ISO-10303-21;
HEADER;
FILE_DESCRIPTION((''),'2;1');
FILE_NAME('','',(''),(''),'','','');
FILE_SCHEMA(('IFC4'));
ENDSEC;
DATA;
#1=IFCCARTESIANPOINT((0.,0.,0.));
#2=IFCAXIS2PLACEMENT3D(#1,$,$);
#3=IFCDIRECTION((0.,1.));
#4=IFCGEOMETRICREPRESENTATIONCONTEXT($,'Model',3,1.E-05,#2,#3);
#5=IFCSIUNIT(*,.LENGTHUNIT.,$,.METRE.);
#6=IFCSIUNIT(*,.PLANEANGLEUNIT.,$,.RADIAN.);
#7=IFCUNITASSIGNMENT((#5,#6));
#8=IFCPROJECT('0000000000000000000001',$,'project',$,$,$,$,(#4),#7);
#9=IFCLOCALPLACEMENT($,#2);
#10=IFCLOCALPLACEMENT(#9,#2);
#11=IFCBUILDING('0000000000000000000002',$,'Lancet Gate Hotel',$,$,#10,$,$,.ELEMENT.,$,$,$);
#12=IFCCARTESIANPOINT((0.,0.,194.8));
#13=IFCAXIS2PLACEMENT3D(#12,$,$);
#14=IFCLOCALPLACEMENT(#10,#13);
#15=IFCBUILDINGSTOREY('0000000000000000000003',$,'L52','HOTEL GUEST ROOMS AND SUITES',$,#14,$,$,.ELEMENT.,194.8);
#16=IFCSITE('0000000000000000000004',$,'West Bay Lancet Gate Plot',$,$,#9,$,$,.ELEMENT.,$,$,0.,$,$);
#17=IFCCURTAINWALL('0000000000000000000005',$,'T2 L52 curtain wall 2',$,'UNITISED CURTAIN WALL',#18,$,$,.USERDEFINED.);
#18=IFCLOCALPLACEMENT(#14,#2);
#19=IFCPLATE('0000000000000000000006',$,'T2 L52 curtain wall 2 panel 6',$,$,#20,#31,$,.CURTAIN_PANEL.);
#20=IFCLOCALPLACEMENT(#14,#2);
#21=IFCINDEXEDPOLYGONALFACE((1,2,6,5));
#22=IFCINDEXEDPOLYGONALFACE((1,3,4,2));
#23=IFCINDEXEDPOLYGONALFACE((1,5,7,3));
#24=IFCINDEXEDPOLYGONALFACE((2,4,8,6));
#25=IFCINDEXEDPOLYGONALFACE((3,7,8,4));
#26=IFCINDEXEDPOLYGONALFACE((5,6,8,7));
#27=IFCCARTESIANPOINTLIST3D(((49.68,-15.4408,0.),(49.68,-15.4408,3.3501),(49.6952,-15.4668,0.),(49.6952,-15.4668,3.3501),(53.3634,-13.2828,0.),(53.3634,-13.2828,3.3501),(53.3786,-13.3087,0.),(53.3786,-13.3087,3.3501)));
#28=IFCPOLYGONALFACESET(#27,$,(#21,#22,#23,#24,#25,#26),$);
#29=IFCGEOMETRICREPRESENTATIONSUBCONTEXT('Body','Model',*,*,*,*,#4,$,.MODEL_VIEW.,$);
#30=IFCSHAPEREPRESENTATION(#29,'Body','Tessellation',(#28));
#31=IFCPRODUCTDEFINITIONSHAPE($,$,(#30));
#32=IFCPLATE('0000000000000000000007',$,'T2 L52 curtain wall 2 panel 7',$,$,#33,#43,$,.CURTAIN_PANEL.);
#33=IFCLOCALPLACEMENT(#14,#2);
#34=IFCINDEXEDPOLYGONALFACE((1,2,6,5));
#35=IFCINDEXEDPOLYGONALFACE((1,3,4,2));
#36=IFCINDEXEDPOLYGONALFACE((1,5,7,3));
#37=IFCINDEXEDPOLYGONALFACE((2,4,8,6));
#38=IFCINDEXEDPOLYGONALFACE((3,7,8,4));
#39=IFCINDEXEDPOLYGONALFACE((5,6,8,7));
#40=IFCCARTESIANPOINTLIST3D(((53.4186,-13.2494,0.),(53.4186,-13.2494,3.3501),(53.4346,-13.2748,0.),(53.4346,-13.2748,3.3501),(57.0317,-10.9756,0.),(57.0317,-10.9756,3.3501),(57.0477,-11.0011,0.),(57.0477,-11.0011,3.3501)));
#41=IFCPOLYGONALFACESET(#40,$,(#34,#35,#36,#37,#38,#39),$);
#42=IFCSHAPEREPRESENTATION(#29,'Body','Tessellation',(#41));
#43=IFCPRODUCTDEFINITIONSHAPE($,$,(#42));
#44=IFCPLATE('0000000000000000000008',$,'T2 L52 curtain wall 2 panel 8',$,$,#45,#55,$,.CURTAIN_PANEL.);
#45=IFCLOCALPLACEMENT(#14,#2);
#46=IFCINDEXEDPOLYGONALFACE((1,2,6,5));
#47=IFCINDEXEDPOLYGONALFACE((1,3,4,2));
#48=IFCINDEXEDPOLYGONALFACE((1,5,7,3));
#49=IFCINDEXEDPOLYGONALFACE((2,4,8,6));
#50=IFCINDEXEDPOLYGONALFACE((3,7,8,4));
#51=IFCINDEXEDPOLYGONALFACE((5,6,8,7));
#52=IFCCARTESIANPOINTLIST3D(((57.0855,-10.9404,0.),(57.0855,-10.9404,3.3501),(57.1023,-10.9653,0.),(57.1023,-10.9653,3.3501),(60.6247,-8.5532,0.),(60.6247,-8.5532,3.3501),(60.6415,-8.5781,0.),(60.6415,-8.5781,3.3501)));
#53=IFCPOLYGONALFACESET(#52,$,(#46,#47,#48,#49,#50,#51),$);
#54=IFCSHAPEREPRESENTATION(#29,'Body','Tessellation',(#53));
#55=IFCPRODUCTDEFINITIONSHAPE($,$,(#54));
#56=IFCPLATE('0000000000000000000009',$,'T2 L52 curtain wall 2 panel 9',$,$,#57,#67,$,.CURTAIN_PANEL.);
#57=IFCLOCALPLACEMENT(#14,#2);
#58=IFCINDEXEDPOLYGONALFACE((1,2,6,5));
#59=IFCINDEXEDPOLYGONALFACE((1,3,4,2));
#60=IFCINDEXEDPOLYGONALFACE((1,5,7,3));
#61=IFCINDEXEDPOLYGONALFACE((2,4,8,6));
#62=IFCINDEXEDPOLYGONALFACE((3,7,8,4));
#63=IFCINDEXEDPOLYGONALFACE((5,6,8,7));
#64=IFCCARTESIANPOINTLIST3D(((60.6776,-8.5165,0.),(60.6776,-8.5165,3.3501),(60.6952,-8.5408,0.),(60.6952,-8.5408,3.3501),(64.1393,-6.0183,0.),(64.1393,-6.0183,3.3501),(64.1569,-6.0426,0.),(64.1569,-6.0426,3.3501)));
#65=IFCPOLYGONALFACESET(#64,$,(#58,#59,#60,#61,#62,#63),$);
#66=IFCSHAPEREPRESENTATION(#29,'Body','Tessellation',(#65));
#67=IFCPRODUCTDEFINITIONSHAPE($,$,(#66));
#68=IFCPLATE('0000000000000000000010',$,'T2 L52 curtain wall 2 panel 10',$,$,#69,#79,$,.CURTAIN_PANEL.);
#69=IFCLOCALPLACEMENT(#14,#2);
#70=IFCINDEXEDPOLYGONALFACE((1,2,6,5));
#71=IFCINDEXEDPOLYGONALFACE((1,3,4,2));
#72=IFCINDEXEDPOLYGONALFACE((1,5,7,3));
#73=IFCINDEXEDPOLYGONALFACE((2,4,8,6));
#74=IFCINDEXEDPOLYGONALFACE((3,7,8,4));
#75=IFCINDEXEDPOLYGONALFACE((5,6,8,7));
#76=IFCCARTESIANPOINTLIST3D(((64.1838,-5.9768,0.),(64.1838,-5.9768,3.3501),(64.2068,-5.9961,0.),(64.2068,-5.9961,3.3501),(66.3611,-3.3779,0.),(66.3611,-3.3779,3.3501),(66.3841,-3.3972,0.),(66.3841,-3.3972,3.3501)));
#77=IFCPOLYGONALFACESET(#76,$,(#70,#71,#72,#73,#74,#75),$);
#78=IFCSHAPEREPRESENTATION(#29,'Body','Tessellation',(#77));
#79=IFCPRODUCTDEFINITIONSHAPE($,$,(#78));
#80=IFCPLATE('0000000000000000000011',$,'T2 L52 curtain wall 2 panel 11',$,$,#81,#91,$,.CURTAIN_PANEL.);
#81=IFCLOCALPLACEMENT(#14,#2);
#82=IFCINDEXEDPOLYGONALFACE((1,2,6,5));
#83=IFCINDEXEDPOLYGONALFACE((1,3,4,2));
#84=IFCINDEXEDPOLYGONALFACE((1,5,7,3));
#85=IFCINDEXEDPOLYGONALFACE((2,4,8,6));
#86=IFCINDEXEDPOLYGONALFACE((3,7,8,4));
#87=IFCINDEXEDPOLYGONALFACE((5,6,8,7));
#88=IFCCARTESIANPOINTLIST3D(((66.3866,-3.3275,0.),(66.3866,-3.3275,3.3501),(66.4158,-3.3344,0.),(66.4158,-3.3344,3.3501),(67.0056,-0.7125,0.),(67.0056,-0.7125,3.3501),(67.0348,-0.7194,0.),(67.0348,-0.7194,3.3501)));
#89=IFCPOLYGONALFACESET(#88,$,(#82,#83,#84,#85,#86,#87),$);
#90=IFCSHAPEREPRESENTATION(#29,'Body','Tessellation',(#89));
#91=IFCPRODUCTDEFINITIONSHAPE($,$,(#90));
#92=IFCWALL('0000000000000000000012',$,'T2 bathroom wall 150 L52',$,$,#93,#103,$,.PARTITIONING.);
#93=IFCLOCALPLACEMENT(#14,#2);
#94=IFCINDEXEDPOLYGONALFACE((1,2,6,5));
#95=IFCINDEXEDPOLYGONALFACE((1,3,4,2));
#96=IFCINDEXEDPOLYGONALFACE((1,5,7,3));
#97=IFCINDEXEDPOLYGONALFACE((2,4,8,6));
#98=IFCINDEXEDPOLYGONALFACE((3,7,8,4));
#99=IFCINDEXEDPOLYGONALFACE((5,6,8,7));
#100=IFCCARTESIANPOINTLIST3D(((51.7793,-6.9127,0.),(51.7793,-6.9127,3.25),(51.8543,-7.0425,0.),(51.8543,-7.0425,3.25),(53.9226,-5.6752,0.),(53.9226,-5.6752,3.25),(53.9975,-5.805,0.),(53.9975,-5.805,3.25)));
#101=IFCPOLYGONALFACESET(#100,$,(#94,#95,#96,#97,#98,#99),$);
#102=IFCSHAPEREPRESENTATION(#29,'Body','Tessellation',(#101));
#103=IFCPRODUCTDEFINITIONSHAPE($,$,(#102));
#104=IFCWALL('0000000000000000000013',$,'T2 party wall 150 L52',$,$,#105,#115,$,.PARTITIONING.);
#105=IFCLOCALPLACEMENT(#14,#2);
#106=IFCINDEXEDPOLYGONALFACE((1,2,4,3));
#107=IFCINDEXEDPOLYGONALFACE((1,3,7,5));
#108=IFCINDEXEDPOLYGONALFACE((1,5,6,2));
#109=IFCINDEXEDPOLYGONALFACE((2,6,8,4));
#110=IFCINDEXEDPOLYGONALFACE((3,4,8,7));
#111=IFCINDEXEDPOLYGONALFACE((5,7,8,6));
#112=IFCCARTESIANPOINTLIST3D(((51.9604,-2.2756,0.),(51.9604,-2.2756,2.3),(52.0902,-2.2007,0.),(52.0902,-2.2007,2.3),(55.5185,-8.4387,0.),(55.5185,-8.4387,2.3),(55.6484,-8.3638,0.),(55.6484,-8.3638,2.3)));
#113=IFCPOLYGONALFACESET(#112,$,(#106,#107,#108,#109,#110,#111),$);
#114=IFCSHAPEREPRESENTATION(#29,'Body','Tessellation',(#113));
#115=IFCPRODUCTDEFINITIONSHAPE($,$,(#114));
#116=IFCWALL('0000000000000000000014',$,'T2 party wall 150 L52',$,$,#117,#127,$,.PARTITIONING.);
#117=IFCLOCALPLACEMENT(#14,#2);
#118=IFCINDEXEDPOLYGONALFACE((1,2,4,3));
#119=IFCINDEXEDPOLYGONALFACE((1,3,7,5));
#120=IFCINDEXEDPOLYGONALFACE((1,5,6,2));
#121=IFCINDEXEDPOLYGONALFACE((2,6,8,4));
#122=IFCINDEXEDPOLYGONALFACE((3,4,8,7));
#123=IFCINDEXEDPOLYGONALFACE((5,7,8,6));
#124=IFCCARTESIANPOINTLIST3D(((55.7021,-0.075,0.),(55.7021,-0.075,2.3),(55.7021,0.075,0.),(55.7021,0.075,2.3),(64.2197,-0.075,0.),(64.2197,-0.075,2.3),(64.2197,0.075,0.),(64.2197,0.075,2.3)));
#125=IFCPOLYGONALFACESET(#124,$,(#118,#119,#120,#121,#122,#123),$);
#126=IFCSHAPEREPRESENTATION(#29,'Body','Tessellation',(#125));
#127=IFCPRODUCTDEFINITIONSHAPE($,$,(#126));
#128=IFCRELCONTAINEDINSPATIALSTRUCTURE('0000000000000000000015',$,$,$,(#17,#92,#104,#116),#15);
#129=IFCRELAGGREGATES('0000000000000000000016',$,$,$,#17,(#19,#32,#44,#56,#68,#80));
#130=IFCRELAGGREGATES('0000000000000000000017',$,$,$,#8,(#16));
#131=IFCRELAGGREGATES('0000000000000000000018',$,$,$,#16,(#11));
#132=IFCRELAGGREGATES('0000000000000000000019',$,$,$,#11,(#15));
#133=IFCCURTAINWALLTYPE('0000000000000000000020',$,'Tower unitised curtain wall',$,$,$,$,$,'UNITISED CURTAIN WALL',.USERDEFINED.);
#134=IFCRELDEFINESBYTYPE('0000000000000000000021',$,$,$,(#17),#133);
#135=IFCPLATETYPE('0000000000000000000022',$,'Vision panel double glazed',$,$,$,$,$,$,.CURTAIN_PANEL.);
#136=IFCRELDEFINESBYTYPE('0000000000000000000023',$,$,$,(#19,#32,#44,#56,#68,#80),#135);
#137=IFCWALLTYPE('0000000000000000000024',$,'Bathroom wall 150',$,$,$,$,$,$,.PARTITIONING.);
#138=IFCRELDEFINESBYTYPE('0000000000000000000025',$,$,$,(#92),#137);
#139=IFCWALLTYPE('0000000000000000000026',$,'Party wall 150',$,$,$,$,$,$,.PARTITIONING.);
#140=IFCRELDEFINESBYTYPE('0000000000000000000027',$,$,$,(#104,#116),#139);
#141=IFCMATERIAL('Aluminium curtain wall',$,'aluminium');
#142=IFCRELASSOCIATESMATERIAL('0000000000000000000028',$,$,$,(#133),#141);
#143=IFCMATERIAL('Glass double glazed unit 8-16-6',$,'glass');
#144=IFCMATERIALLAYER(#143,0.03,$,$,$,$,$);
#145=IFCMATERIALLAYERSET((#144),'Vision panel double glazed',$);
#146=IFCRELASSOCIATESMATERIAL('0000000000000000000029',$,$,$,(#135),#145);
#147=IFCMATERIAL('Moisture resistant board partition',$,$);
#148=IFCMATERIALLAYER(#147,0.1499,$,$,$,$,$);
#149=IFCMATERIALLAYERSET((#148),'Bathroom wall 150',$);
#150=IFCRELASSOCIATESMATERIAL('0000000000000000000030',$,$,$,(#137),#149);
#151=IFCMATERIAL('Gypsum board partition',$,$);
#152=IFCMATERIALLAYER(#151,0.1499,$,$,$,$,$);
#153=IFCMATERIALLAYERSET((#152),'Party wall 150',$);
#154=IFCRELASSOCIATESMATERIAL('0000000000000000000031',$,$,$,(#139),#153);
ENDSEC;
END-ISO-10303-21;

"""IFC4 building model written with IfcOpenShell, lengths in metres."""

from ifc_helpers import new_model, si_unit, direction, frame, frame_2d, origin, origin_2d, place, context, subcontext, project, spatial, rectangle, extrude, material, layer, layer_set, type_object, element, aggregate, save


model = new_model("IFC4")

# Units and contexts
model_context = context("Model", 3, precision=1e-05, world=origin(), true_north=direction((0.0, 1.0)))
body_context = subcontext(model_context, "Body", "Model", "MODEL_VIEW")
ifc_project = project(units=[si_unit("LENGTHUNIT", "METRE"), si_unit("PLANEANGLEUNIT", "RADIAN")], contexts=[model_context])

# Site, building, storey
site_placement = place(None, origin())
site = spatial("IfcSite", under=ifc_project, at=site_placement, Name="West Bay Lancet Gate Plot", CompositionType="ELEMENT", RefElevation=0.0)
building_placement = place(site_placement, origin())
building = spatial("IfcBuilding", under=site, at=building_placement, Name="Lancet Gate Hotel", CompositionType="ELEMENT")
storey_placement = place(building_placement, frame((0.0, 0.0, 194.8)))
storey = spatial("IfcBuildingStorey", under=building, at=storey_placement, Name="L52", Description="HOTEL GUEST ROOMS AND SUITES", CompositionType="ELEMENT", Elevation=194.8)

# Curtain wall
ifc_material_1 = material(Name="Aluminium curtain wall", Category="aluminium")
curtain_wall_type = type_object("IfcCurtainWallType", Name="Tower unitised curtain wall", ElementType="UNITISED CURTAIN WALL", PredefinedType="USERDEFINED", material=ifc_material_1)
curtain_wall_placement = place(storey_placement, origin())
curtain_wall = element("IfcCurtainWall", 1, at=curtain_wall_placement, inside=storey, type_object=curtain_wall_type, Name="T2 L52 curtain wall 2", ObjectType="UNITISED CURTAIN WALL", PredefinedType="USERDEFINED")

# Plates
ifc_material_2 = material(Name="Glass double glazed unit 8-16-6", Category="glass")
ifc_layer_1 = layer(ifc_material_2, 0.03)
ifc_layer_set_1 = layer_set([ifc_layer_1], Name="Vision panel double glazed")
plate_type = type_object("IfcPlateType", Name="Vision panel double glazed", PredefinedType="CURTAIN_PANEL", material=ifc_layer_set_1)
plate_1_placement = place(storey_placement, frame((51.5293, -14.3748, 0.0), z_axis=(0.0, 0.0, 1.0), x_axis=(0.862815, 0.50552, 0.0)))
plate_1 = element("IfcPlate", 2, at=plate_1_placement, type_object=plate_type, Name="T2 L52 curtain wall 2 panel 6", PredefinedType="CURTAIN_PANEL", context=body_context, shape_type="SweptSolid", body=[
    extrude(rectangle(XDim=4.269, YDim=0.03, at=origin_2d()), origin(), (0.0, 0.0, 1.0), 3.3501),
])
plate_2_placement = place(storey_placement, frame((55.2332, -12.1252, 0.0), z_axis=(0.0, 0.0, 1.0), x_axis=(0.846352, 0.532623, 0.0)))
plate_2 = element("IfcPlate", 3, at=plate_2_placement, type_object=plate_type, Name="T2 L52 curtain wall 2 panel 7", PredefinedType="CURTAIN_PANEL", context=body_context, shape_type="SweptSolid", body=[
    extrude(rectangle(XDim=4.269, YDim=0.03, at=origin_2d()), origin(), (0.0, 0.0, 1.0), 3.3501),
])
plate_3_placement = place(storey_placement, frame((58.8635, -9.7593, 0.0), z_axis=(0.0, 0.0, 1.0), x_axis=(0.829039, 0.559191, 0.0)))
plate_3 = element("IfcPlate", 4, at=plate_3_placement, type_object=plate_type, Name="T2 L52 curtain wall 2 panel 8", PredefinedType="CURTAIN_PANEL", context=body_context, shape_type="SweptSolid", body=[
    extrude(rectangle(XDim=4.269, YDim=0.03, at=origin_2d()), origin(), (0.0, 0.0, 1.0), 3.3501),
])
plate_4_placement = place(storey_placement, frame((62.4172, -7.2795, 0.0), z_axis=(0.0, 0.0, 1.0), x_axis=(0.810891, 0.585197, 0.0)))
plate_4 = element("IfcPlate", 5, at=plate_4_placement, type_object=plate_type, Name="T2 L52 curtain wall 2 panel 9", PredefinedType="CURTAIN_PANEL", context=body_context, shape_type="SweptSolid", body=[
    extrude(rectangle(XDim=4.269, YDim=0.03, at=origin_2d()), origin(), (0.0, 0.0, 1.0), 3.3501),
])
plate_5_placement = place(storey_placement, frame((65.2839, -4.687, 0.0), z_axis=(0.0, 0.0, 1.0), x_axis=(0.642199, 0.766538, 0.0)))
plate_5 = element("IfcPlate", 6, at=plate_5_placement, type_object=plate_type, Name="T2 L52 curtain wall 2 panel 10", PredefinedType="CURTAIN_PANEL", context=body_context, shape_type="SweptSolid", body=[
    extrude(rectangle(XDim=3.3904, YDim=0.03, at=origin_2d()), origin(), (0.0, 0.0, 1.0), 3.3501),
])
plate_6_placement = place(storey_placement, frame((66.7107, -2.0234, 0.0), z_axis=(0.0, 0.0, 1.0), x_axis=(0.230367, 0.973104, 0.0)))
plate_6 = element("IfcPlate", 7, at=plate_6_placement, type_object=plate_type, Name="T2 L52 curtain wall 2 panel 11", PredefinedType="CURTAIN_PANEL", context=body_context, shape_type="SweptSolid", body=[
    extrude(rectangle(XDim=2.6873, YDim=0.03, at=origin_2d()), origin(), (0.0, 0.0, 1.0), 3.3501),
])
aggregate(curtain_wall, [plate_1, plate_2, plate_3, plate_4, plate_5, plate_6])

# Walls
ifc_material_3 = material(Name="Moisture resistant board partition")
ifc_layer_2 = layer(ifc_material_3, 0.1499)
ifc_layer_set_2 = layer_set([ifc_layer_2], Name="Bathroom wall 150")
wall_type_1 = type_object("IfcWallType", Name="Bathroom wall 150", PredefinedType="PARTITIONING", material=ifc_layer_set_2)
wall_1_placement = place(storey_placement, frame((51.8169, -6.9775, 0.0), z_axis=(0.0, 0.0, 1.0), x_axis=(0.866007, 0.500033, 0.0)))
element("IfcWall", 8, at=wall_1_placement, inside=storey, type_object=wall_type_1, Name="T2 bathroom wall 150 L52", PredefinedType="PARTITIONING", context=body_context, shape_type="SweptSolid", body=[
    extrude(rectangle(XDim=2.4749, YDim=0.1499, at=frame_2d((1.2373, 0.0))), origin(), (0.0, 0.0, 1.0), 3.25),
])
ifc_material_4 = material(Name="Gypsum board partition")
ifc_layer_3 = layer(ifc_material_4, 0.1499)
ifc_layer_set_3 = layer_set([ifc_layer_3], Name="Party wall 150")
wall_type_2 = type_object("IfcWallType", Name="Party wall 150", PredefinedType="PARTITIONING", material=ifc_layer_set_3)
wall_2_placement = place(storey_placement, frame((52.0254, -2.2383, 0.0), z_axis=(0.0, 0.0, 1.0), x_axis=(0.499984, -0.866035, 0.0)))
element("IfcWall", 9, at=wall_2_placement, inside=storey, type_object=wall_type_2, Name="T2 party wall 150 L52", PredefinedType="PARTITIONING", context=body_context, shape_type="SweptSolid", body=[
    extrude(rectangle(XDim=7.1165, YDim=0.1499, at=frame_2d((3.5581, 0.0))), origin(), (0.0, 0.0, 1.0), 2.3),
])
wall_3_placement = place(storey_placement, frame((55.7021, 0.0, 0.0), z_axis=(0.0, 0.0, 1.0), x_axis=(1.0, 0.0, 0.0)))
element("IfcWall", 10, at=wall_3_placement, inside=storey, type_object=wall_type_2, Name="T2 party wall 150 L52", PredefinedType="PARTITIONING", context=body_context, shape_type="SweptSolid", body=[
    extrude(rectangle(XDim=8.5176, YDim=0.1499, at=frame_2d((4.2588, 0.0))), origin(), (0.0, 0.0, 1.0), 2.3),
])

save(model, "model.ifc")
